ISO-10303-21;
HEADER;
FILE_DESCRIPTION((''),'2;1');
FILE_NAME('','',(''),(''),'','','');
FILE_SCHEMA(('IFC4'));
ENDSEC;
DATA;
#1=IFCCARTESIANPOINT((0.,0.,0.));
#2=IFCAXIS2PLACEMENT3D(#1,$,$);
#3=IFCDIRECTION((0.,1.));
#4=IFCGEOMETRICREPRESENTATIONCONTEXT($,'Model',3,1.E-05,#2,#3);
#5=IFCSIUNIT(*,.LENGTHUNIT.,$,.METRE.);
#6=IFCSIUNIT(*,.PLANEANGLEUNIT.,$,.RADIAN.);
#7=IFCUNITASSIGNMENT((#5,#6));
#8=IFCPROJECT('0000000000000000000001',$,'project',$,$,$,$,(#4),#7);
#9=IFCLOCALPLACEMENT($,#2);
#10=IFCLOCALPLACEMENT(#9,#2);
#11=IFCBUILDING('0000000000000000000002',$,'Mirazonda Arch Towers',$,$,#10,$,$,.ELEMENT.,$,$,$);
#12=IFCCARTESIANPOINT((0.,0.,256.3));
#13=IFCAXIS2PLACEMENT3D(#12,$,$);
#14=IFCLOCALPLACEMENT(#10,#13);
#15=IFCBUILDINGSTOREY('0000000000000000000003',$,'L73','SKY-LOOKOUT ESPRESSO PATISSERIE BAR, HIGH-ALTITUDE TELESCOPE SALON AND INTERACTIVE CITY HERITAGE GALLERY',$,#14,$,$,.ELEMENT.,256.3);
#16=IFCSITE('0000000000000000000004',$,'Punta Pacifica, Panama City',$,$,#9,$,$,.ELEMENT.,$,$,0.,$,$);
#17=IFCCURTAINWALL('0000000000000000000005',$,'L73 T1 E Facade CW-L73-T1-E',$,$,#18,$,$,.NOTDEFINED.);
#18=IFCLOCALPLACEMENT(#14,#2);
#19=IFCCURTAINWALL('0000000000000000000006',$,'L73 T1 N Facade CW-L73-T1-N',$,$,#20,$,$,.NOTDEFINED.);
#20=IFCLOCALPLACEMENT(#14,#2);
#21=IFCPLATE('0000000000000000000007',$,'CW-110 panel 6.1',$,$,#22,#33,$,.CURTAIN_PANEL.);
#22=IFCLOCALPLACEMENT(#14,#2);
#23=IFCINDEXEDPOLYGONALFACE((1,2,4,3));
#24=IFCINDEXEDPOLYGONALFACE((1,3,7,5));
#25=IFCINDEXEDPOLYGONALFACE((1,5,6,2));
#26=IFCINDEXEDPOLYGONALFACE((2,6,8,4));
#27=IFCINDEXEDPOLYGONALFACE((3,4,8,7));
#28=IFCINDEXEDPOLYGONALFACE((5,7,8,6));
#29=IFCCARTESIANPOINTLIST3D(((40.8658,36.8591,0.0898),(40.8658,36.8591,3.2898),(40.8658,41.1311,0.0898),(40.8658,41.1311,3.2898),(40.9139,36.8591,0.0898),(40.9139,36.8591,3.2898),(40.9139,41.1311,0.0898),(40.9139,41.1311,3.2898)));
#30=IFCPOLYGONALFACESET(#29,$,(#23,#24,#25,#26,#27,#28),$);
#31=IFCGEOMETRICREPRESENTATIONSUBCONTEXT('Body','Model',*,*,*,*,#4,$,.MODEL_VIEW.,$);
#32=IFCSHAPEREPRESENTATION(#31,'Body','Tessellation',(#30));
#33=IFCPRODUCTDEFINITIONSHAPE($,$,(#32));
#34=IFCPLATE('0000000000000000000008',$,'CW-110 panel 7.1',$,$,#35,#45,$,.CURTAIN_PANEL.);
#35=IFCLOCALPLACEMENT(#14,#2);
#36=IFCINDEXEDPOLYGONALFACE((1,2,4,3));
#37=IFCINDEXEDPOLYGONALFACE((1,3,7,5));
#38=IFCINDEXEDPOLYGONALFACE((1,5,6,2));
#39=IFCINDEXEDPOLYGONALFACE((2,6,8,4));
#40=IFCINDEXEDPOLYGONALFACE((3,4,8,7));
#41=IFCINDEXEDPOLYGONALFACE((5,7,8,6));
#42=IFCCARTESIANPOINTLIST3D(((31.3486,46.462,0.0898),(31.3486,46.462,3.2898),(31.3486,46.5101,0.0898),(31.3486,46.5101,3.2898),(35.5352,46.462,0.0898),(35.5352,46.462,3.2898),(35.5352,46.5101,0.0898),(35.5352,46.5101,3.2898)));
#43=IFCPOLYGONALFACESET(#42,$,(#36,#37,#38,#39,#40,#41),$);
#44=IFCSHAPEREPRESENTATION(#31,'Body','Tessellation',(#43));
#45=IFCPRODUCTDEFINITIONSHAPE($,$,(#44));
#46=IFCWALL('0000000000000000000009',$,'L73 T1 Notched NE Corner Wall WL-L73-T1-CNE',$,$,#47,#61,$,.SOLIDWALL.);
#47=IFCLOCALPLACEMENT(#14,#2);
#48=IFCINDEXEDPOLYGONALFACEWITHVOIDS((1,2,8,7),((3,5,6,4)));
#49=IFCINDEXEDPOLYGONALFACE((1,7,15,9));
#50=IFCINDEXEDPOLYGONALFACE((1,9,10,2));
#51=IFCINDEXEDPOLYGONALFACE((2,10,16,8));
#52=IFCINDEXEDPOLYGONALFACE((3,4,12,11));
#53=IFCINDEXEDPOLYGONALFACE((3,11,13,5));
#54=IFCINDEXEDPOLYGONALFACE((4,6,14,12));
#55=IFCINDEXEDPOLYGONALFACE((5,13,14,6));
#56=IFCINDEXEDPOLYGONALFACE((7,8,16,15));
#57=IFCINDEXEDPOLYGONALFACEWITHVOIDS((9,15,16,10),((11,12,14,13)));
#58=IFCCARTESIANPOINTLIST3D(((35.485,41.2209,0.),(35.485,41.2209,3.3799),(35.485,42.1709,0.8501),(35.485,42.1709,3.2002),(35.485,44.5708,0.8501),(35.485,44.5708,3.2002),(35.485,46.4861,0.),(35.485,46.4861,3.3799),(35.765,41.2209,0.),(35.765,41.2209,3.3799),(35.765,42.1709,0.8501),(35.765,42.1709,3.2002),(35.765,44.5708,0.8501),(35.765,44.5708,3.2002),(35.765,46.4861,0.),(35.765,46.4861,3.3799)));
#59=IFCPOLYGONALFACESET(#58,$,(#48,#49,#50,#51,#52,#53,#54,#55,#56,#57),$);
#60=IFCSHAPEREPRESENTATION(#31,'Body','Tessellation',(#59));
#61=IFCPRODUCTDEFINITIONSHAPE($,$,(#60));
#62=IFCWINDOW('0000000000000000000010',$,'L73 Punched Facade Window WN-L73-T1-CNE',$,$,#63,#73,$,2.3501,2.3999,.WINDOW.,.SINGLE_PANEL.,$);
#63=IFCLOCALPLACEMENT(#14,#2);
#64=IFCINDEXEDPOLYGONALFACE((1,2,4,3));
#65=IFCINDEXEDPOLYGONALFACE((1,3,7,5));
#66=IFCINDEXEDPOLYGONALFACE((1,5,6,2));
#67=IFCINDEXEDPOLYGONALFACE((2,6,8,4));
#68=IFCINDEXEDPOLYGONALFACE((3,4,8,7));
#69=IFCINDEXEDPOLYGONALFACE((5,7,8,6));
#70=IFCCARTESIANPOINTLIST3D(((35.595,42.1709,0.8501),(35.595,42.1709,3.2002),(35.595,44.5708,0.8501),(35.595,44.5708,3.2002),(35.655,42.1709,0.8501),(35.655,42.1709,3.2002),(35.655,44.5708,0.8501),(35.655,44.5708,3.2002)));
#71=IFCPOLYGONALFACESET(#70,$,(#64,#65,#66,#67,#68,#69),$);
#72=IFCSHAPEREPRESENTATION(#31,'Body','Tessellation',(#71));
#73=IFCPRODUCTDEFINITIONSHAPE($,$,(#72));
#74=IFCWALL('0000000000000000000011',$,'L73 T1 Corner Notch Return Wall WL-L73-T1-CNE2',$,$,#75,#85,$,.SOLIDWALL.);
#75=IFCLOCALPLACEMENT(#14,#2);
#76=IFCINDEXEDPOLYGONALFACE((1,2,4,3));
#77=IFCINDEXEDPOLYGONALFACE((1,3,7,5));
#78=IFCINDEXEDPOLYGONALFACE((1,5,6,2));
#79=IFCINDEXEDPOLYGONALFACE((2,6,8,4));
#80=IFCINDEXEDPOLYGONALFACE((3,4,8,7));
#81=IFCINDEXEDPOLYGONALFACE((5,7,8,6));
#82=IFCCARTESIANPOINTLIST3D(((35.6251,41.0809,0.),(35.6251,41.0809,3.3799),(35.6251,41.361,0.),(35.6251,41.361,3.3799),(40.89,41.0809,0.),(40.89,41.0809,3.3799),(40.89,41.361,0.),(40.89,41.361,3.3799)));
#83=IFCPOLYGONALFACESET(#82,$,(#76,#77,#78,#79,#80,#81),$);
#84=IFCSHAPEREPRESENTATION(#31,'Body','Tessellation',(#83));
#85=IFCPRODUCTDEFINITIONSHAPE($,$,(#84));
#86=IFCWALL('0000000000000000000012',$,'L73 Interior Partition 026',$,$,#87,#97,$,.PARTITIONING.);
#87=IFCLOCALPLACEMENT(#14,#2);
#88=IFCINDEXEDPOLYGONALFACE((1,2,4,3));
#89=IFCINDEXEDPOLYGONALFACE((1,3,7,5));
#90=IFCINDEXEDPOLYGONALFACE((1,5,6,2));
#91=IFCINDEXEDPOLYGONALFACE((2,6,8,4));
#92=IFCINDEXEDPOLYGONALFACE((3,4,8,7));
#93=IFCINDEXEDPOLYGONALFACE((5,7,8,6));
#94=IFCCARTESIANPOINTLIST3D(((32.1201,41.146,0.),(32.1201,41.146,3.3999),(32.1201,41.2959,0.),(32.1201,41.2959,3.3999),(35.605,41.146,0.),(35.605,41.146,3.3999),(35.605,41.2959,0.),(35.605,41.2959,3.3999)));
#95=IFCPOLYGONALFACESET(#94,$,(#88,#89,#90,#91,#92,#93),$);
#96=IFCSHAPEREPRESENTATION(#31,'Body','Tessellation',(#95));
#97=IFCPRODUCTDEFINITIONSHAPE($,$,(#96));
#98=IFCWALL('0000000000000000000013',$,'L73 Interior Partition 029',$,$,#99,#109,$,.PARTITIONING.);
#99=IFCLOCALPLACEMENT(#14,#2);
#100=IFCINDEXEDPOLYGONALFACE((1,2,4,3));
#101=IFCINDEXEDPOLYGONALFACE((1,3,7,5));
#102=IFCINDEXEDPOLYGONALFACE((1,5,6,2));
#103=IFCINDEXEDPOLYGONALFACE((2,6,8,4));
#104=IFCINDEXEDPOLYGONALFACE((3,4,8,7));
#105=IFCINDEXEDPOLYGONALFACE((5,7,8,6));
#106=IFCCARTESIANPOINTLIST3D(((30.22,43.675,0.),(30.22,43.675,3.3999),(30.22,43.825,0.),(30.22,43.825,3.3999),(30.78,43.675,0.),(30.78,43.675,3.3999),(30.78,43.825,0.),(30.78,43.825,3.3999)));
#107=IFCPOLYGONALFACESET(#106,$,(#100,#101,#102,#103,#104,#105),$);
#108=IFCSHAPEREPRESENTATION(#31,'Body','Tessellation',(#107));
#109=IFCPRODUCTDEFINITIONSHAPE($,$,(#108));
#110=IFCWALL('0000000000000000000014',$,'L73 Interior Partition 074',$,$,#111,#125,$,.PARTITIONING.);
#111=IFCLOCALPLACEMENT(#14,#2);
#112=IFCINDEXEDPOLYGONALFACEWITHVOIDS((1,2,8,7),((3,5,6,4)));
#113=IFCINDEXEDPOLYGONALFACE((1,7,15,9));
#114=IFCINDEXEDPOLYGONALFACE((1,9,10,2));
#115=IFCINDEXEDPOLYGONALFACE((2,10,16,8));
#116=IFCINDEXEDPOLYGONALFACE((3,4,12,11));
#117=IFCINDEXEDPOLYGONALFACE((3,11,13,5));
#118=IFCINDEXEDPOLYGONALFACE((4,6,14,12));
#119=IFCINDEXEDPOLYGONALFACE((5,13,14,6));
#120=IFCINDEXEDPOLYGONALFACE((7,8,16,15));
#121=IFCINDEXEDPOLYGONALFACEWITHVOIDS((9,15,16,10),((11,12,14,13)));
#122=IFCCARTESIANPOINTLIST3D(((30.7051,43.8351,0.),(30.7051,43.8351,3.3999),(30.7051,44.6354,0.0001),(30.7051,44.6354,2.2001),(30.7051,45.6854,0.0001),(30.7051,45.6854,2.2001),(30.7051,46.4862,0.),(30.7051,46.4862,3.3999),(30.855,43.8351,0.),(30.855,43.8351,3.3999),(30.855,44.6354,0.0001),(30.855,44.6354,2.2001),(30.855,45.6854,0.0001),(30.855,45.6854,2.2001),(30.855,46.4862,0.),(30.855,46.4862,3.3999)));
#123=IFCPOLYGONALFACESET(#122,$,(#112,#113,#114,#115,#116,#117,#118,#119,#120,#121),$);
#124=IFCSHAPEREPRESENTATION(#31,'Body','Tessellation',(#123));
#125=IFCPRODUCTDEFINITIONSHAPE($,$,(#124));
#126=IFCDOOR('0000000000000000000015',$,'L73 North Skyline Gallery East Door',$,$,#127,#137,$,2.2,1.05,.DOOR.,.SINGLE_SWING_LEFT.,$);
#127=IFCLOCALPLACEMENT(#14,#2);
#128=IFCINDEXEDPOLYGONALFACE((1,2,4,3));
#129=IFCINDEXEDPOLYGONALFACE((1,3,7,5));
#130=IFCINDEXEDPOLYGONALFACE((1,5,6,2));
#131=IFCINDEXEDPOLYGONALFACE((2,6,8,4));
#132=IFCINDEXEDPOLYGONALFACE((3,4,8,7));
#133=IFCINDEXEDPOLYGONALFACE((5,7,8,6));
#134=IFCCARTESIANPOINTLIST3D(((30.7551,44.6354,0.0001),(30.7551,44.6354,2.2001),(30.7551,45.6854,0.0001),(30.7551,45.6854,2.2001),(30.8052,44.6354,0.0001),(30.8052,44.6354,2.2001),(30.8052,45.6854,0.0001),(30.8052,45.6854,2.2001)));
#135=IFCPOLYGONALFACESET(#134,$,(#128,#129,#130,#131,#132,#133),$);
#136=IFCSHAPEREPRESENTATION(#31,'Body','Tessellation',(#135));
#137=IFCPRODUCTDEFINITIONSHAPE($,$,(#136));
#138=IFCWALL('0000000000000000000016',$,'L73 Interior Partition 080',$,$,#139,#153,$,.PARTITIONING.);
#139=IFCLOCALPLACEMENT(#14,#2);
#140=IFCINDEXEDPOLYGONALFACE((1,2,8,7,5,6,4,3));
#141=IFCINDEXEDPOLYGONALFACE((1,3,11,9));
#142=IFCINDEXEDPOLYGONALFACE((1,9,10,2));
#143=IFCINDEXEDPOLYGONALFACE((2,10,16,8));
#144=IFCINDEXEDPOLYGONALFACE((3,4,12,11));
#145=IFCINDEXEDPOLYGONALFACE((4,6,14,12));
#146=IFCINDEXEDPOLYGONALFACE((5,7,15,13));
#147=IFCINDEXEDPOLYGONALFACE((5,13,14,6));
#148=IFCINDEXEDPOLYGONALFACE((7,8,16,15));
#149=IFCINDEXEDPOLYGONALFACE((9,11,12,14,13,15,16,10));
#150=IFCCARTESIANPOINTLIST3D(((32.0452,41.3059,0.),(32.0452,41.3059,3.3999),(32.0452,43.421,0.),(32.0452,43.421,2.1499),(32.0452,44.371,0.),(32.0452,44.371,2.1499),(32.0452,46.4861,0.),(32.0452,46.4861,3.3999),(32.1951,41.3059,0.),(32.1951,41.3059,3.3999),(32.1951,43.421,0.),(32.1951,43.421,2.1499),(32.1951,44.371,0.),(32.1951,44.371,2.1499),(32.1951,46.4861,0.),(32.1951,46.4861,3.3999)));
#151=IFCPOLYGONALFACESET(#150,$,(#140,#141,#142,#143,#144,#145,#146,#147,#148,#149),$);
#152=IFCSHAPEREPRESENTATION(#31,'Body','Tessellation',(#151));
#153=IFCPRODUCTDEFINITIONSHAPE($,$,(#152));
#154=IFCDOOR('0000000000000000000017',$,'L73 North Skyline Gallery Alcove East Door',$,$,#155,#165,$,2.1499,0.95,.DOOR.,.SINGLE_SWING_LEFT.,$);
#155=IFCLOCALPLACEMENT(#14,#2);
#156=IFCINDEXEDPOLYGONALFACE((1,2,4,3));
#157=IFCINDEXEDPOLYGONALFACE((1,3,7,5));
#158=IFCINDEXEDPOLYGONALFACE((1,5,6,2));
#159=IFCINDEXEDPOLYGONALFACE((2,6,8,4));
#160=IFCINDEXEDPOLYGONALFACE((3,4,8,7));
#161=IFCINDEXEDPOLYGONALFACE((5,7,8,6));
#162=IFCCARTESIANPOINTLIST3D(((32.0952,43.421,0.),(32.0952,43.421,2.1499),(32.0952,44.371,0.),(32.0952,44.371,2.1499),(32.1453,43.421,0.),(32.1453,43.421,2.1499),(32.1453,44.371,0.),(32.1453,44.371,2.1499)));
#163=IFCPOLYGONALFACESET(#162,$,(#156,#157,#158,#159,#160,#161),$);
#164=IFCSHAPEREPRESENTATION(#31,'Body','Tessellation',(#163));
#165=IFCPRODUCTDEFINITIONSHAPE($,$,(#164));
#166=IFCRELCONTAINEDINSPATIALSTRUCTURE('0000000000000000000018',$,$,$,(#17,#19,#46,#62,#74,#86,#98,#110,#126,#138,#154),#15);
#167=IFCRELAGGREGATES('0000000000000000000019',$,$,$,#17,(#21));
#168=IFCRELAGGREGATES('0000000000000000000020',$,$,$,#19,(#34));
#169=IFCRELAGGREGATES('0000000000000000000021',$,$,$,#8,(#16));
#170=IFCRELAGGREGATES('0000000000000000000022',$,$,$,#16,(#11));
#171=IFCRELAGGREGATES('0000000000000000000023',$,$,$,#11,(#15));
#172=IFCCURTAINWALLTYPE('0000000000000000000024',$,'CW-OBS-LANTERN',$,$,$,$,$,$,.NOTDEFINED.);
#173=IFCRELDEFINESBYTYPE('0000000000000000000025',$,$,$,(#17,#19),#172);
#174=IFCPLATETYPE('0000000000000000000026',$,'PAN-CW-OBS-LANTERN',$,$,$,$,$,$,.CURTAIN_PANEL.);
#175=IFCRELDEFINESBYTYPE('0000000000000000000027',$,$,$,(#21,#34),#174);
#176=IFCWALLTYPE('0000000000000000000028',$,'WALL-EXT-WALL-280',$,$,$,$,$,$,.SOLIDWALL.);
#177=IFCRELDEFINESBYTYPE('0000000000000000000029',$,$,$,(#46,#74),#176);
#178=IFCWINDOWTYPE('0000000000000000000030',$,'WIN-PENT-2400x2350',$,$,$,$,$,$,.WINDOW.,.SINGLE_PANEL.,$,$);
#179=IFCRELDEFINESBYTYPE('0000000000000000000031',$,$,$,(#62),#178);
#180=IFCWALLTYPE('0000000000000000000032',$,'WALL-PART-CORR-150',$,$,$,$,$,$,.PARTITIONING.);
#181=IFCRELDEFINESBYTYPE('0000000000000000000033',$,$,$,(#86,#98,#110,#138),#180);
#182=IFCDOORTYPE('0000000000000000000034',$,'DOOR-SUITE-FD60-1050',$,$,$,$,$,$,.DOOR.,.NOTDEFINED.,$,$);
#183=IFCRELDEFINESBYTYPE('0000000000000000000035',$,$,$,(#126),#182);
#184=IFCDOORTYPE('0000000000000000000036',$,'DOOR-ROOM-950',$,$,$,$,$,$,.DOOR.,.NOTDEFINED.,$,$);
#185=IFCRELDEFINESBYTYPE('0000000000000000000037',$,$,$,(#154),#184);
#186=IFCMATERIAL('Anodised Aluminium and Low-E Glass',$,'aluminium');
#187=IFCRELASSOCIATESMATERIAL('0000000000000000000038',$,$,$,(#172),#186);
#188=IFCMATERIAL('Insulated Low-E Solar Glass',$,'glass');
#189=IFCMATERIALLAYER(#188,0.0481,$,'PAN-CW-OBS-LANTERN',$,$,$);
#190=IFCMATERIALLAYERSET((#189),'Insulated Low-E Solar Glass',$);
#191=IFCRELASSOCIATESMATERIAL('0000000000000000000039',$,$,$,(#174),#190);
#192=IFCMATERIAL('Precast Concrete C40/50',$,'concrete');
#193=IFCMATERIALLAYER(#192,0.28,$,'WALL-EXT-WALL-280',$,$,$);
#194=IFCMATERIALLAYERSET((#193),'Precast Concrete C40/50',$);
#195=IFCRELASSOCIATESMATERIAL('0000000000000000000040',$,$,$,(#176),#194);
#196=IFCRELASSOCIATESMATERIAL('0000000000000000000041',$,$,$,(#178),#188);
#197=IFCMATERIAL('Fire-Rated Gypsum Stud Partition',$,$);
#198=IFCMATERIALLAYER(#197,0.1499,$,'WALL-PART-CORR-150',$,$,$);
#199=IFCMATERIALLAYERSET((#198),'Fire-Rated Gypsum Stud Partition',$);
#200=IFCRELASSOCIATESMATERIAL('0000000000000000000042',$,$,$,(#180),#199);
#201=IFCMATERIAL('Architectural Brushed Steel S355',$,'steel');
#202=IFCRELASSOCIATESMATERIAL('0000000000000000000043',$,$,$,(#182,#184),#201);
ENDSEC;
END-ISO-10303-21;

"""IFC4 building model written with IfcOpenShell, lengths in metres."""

from ifc_helpers import new_model, si_unit, direction, frame, frame_2d, origin, origin_2d, place, context, subcontext, project, spatial, rectangle, extrude, material, layer, layer_set, type_object, element, fill, aggregate, save


model = new_model("IFC4")

# Units and contexts
model_context = context("Model", 3, precision=1e-05, world=origin(), true_north=direction((0.0, 1.0)))
body_context = subcontext(model_context, "Body", "Model", "MODEL_VIEW")
ifc_project = project(units=[si_unit("LENGTHUNIT", "METRE"), si_unit("PLANEANGLEUNIT", "RADIAN")], contexts=[model_context])

# Site, building, storey
site_placement = place(None, origin())
site = spatial("IfcSite", under=ifc_project, at=site_placement, Name="Punta Pacifica, Panama City", CompositionType="ELEMENT", RefElevation=0.0)
building_placement = place(site_placement, origin())
building = spatial("IfcBuilding", under=site, at=building_placement, Name="Mirazonda Arch Towers", CompositionType="ELEMENT")
storey_placement = place(building_placement, frame((0.0, 0.0, 256.3)))
storey = spatial("IfcBuildingStorey", under=building, at=storey_placement, Name="L73", Description="SKY-LOOKOUT ESPRESSO PATISSERIE BAR, HIGH-ALTITUDE TELESCOPE SALON AND INTERACTIVE CITY HERITAGE GALLERY", CompositionType="ELEMENT", Elevation=256.3)

# Curtain wall
ifc_material_1 = material(Name="Anodised Aluminium and Low-E Glass", Category="aluminium")
curtain_wall_type = type_object("IfcCurtainWallType", Name="CW-OBS-LANTERN", PredefinedType="NOTDEFINED", material=ifc_material_1)
curtain_wall_1_placement = place(storey_placement, origin())
curtain_wall_1 = element("IfcCurtainWall", 1, at=curtain_wall_1_placement, inside=storey, type_object=curtain_wall_type, Name="L73 T1 E Facade CW-L73-T1-E", PredefinedType="NOTDEFINED")

# Curtain wall
curtain_wall_2_placement = place(storey_placement, origin())
curtain_wall_2 = element("IfcCurtainWall", 2, at=curtain_wall_2_placement, inside=storey, type_object=curtain_wall_type, Name="L73 T1 N Facade CW-L73-T1-N", PredefinedType="NOTDEFINED")

# Plates
ifc_material_2 = material(Name="Insulated Low-E Solar Glass", Category="glass")
ifc_layer_1 = layer(ifc_material_2, 0.0481, Name="PAN-CW-OBS-LANTERN")
ifc_layer_set_1 = layer_set([ifc_layer_1], Name="Insulated Low-E Solar Glass")
plate_type = type_object("IfcPlateType", Name="PAN-CW-OBS-LANTERN", PredefinedType="CURTAIN_PANEL", material=ifc_layer_set_1)
plate_1_placement = place(storey_placement, frame((40.8899, 38.9951, 0.0898), z_axis=(0.0, 0.0, 1.0), x_axis=(0.0, 1.0, 0.0)))
plate_1 = element("IfcPlate", 3, at=plate_1_placement, type_object=plate_type, Name="CW-110 panel 6.1", PredefinedType="CURTAIN_PANEL", context=body_context, shape_type="SweptSolid", body=[
    extrude(rectangle(XDim=4.272, YDim=0.0481, at=origin_2d()), origin(), (0.0, 0.0, 1.0), 3.2),
])
aggregate(curtain_wall_1, [plate_1])
plate_2_placement = place(storey_placement, frame((33.4419, 46.4861, 0.0898), z_axis=(0.0, 0.0, 1.0), x_axis=(1.0, 0.0, 0.0)))
plate_2 = element("IfcPlate", 4, at=plate_2_placement, type_object=plate_type, Name="CW-110 panel 7.1", PredefinedType="CURTAIN_PANEL", context=body_context, shape_type="SweptSolid", body=[
    extrude(rectangle(XDim=4.1865, YDim=0.0481, at=origin_2d()), origin(), (0.0, 0.0, 1.0), 3.2),
])
aggregate(curtain_wall_2, [plate_2])

# Wall, opening, window
ifc_material_3 = material(Name="Precast Concrete C40/50", Category="concrete")
ifc_layer_2 = layer(ifc_material_3, 0.28, Name="WALL-EXT-WALL-280")
ifc_layer_set_2 = layer_set([ifc_layer_2], Name="Precast Concrete C40/50")
wall_type_1 = type_object("IfcWallType", Name="WALL-EXT-WALL-280", PredefinedType="SOLIDWALL", material=ifc_layer_set_2)
wall_1_placement = place(storey_placement, frame((35.625, 41.2209, 0.0), z_axis=(0.0, 0.0, 1.0), x_axis=(0.0, 1.0, 0.0)))
wall_1 = element("IfcWall", 5, at=wall_1_placement, inside=storey, type_object=wall_type_1, Name="L73 T1 Notched NE Corner Wall WL-L73-T1-CNE", PredefinedType="SOLIDWALL", context=body_context, shape_type="SweptSolid", body=[
    extrude(rectangle(XDim=5.2651, YDim=0.28, at=frame_2d((2.6326, 0.0))), origin(), (0.0, 0.0, 1.0), 3.3799),
])
opening_1_placement = place(wall_1_placement, frame((0.95, 0.0, 0.8501)))
opening_1 = element("IfcOpeningElement", 6, at=opening_1_placement, cuts=wall_1, PredefinedType="OPENING", context=body_context, shape_type="SweptSolid", body=[
    extrude(rectangle(XDim=2.3999, YDim=2.3501, at=frame_2d((1.2, 1.175))), frame((0.0, 0.1499, 0.0), z_axis=(0.0, -1.0, 0.0), x_axis=(1.0, 0.0, 0.0)), (0.0, 0.0, 1.0), 0.3),
])
window_type = type_object("IfcWindowType", Name="WIN-PENT-2400x2350", PartitioningType="SINGLE_PANEL", PredefinedType="WINDOW", material=ifc_material_2)
window_placement = place(opening_1_placement, origin())
window = element("IfcWindow", 7, at=window_placement, inside=storey, type_object=window_type, Name="L73 Punched Facade Window WN-L73-T1-CNE", OverallHeight=2.3501, OverallWidth=2.3999, PartitioningType="SINGLE_PANEL", PredefinedType="WINDOW", context=body_context, shape_type="SweptSolid", body=[
    extrude(rectangle(XDim=2.3999, YDim=2.3501, at=frame_2d((1.2, 1.175))), frame((0.0, 0.03, 0.0), z_axis=(0.0, -1.0, 0.0), x_axis=(1.0, 0.0, 0.0)), (0.0, 0.0, 1.0), 0.0601),
])
fill(opening_1, window)

# Walls
wall_2_placement = place(storey_placement, frame((40.8899, 41.2209, 0.0), z_axis=(0.0, 0.0, 1.0), x_axis=(-1.0, 0.0, 0.0)))
element("IfcWall", 8, at=wall_2_placement, inside=storey, type_object=wall_type_1, Name="L73 T1 Corner Notch Return Wall WL-L73-T1-CNE2", PredefinedType="SOLIDWALL", context=body_context, shape_type="SweptSolid", body=[
    extrude(rectangle(XDim=5.2649, YDim=0.28, at=frame_2d((2.6323, 0.0))), origin(), (0.0, 0.0, 1.0), 3.3799),
])
ifc_material_4 = material(Name="Fire-Rated Gypsum Stud Partition")
ifc_layer_3 = layer(ifc_material_4, 0.1499, Name="WALL-PART-CORR-150")
ifc_layer_set_3 = layer_set([ifc_layer_3], Name="Fire-Rated Gypsum Stud Partition")
wall_type_2 = type_object("IfcWallType", Name="WALL-PART-CORR-150", PredefinedType="PARTITIONING", material=ifc_layer_set_3)
wall_3_placement = place(storey_placement, frame((32.1201, 41.2209, 0.0), z_axis=(0.0, 0.0, 1.0), x_axis=(1.0, 0.0, 0.0)))
element("IfcWall", 9, at=wall_3_placement, inside=storey, type_object=wall_type_2, Name="L73 Interior Partition 026", PredefinedType="PARTITIONING", context=body_context, shape_type="SweptSolid", body=[
    extrude(rectangle(XDim=3.4849, YDim=0.1499, at=frame_2d((1.7424, 0.0))), origin(), (0.0, 0.0, 1.0), 3.3999),
])
wall_4_placement = place(storey_placement, frame((30.22, 43.75, 0.0), z_axis=(0.0, 0.0, 1.0), x_axis=(1.0, 0.0, 0.0)))
element("IfcWall", 10, at=wall_4_placement, inside=storey, type_object=wall_type_2, Name="L73 Interior Partition 029", PredefinedType="PARTITIONING", context=body_context, shape_type="SweptSolid", body=[
    extrude(rectangle(XDim=0.5601, YDim=0.1499, at=frame_2d((0.28, 0.0))), origin(), (0.0, 0.0, 1.0), 3.3999),
])

# Walls, openings, doors
wall_5_placement = place(storey_placement, frame((30.78, 43.835, 0.0), z_axis=(0.0, 0.0, 1.0), x_axis=(0.0, 1.0, 0.0)))
wall_5 = element("IfcWall", 11, at=wall_5_placement, inside=storey, type_object=wall_type_2, Name="L73 Interior Partition 074", PredefinedType="PARTITIONING", context=body_context, shape_type="SweptSolid", body=[
    extrude(rectangle(XDim=2.6511, YDim=0.1499, at=frame_2d((1.3257, 0.0))), origin(), (0.0, 0.0, 1.0), 3.3999),
])
opening_2_placement = place(wall_5_placement, frame((0.8005, 0.0, 0.0)))
opening_2 = element("IfcOpeningElement", 12, at=opening_2_placement, cuts=wall_5, PredefinedType="OPENING", context=body_context, shape_type="SweptSolid", body=[
    extrude(rectangle(XDim=1.05, YDim=2.2, at=frame_2d((0.5249, 1.1001))), frame((0.0, 0.085, 0.0), z_axis=(0.0, -1.0, 0.0), x_axis=(1.0, 0.0, 0.0)), (0.0, 0.0, 1.0), 0.1699),
])
ifc_material_5 = material(Name="Architectural Brushed Steel S355", Category="steel")
door_type_1 = type_object("IfcDoorType", Name="DOOR-SUITE-FD60-1050", OperationType="NOTDEFINED", PredefinedType="DOOR", material=ifc_material_5)
door_1_placement = place(opening_2_placement, origin())
door_1 = element("IfcDoor", 13, at=door_1_placement, inside=storey, type_object=door_type_1, Name="L73 North Skyline Gallery East Door", OperationType="SINGLE_SWING_LEFT", OverallHeight=2.2, OverallWidth=1.05, PredefinedType="DOOR", context=body_context, shape_type="SweptSolid", body=[
    extrude(rectangle(XDim=1.05, YDim=2.2, at=frame_2d((0.5249, 1.1001))), frame((0.0, 0.0249, 0.0), z_axis=(0.0, -1.0, 0.0), x_axis=(1.0, 0.0, 0.0)), (0.0, 0.0, 1.0), 0.05),
])
fill(opening_2, door_1)
wall_6_placement = place(storey_placement, frame((32.1201, 41.3059, 0.0), z_axis=(0.0, 0.0, 1.0), x_axis=(0.0, 1.0, 0.0)))
wall_6 = element("IfcWall", 14, at=wall_6_placement, inside=storey, type_object=wall_type_2, Name="L73 Interior Partition 080", PredefinedType="PARTITIONING", context=body_context, shape_type="SweptSolid", body=[
    extrude(rectangle(XDim=5.1802, YDim=0.1499, at=frame_2d((2.5901, 0.0))), origin(), (0.0, 0.0, 1.0), 3.3999),
])
opening_3_placement = place(wall_6_placement, frame((2.115, 0.0, 0.0)))
opening_3 = element("IfcOpeningElement", 15, at=opening_3_placement, cuts=wall_6, PredefinedType="OPENING", context=body_context, shape_type="SweptSolid", body=[
    extrude(rectangle(XDim=0.95, YDim=2.1499, at=frame_2d((0.4751, 1.075))), frame((0.0, 0.085, 0.0), z_axis=(0.0, -1.0, 0.0), x_axis=(1.0, 0.0, 0.0)), (0.0, 0.0, 1.0), 0.1699),
])
door_type_2 = type_object("IfcDoorType", Name="DOOR-ROOM-950", OperationType="NOTDEFINED", PredefinedType="DOOR", material=ifc_material_5)
door_2_placement = place(opening_3_placement, origin())
door_2 = element("IfcDoor", 16, at=door_2_placement, inside=storey, type_object=door_type_2, Name="L73 North Skyline Gallery Alcove East Door", OperationType="SINGLE_SWING_LEFT", OverallHeight=2.1499, OverallWidth=0.95, PredefinedType="DOOR", context=body_context, shape_type="SweptSolid", body=[
    extrude(rectangle(XDim=0.95, YDim=2.1499, at=frame_2d((0.4751, 1.075))), frame((0.0, 0.0249, 0.0), z_axis=(0.0, -1.0, 0.0), x_axis=(1.0, 0.0, 0.0)), (0.0, 0.0, 1.0), 0.05),
])
fill(opening_3, door_2)

save(model, "model.ifc")
